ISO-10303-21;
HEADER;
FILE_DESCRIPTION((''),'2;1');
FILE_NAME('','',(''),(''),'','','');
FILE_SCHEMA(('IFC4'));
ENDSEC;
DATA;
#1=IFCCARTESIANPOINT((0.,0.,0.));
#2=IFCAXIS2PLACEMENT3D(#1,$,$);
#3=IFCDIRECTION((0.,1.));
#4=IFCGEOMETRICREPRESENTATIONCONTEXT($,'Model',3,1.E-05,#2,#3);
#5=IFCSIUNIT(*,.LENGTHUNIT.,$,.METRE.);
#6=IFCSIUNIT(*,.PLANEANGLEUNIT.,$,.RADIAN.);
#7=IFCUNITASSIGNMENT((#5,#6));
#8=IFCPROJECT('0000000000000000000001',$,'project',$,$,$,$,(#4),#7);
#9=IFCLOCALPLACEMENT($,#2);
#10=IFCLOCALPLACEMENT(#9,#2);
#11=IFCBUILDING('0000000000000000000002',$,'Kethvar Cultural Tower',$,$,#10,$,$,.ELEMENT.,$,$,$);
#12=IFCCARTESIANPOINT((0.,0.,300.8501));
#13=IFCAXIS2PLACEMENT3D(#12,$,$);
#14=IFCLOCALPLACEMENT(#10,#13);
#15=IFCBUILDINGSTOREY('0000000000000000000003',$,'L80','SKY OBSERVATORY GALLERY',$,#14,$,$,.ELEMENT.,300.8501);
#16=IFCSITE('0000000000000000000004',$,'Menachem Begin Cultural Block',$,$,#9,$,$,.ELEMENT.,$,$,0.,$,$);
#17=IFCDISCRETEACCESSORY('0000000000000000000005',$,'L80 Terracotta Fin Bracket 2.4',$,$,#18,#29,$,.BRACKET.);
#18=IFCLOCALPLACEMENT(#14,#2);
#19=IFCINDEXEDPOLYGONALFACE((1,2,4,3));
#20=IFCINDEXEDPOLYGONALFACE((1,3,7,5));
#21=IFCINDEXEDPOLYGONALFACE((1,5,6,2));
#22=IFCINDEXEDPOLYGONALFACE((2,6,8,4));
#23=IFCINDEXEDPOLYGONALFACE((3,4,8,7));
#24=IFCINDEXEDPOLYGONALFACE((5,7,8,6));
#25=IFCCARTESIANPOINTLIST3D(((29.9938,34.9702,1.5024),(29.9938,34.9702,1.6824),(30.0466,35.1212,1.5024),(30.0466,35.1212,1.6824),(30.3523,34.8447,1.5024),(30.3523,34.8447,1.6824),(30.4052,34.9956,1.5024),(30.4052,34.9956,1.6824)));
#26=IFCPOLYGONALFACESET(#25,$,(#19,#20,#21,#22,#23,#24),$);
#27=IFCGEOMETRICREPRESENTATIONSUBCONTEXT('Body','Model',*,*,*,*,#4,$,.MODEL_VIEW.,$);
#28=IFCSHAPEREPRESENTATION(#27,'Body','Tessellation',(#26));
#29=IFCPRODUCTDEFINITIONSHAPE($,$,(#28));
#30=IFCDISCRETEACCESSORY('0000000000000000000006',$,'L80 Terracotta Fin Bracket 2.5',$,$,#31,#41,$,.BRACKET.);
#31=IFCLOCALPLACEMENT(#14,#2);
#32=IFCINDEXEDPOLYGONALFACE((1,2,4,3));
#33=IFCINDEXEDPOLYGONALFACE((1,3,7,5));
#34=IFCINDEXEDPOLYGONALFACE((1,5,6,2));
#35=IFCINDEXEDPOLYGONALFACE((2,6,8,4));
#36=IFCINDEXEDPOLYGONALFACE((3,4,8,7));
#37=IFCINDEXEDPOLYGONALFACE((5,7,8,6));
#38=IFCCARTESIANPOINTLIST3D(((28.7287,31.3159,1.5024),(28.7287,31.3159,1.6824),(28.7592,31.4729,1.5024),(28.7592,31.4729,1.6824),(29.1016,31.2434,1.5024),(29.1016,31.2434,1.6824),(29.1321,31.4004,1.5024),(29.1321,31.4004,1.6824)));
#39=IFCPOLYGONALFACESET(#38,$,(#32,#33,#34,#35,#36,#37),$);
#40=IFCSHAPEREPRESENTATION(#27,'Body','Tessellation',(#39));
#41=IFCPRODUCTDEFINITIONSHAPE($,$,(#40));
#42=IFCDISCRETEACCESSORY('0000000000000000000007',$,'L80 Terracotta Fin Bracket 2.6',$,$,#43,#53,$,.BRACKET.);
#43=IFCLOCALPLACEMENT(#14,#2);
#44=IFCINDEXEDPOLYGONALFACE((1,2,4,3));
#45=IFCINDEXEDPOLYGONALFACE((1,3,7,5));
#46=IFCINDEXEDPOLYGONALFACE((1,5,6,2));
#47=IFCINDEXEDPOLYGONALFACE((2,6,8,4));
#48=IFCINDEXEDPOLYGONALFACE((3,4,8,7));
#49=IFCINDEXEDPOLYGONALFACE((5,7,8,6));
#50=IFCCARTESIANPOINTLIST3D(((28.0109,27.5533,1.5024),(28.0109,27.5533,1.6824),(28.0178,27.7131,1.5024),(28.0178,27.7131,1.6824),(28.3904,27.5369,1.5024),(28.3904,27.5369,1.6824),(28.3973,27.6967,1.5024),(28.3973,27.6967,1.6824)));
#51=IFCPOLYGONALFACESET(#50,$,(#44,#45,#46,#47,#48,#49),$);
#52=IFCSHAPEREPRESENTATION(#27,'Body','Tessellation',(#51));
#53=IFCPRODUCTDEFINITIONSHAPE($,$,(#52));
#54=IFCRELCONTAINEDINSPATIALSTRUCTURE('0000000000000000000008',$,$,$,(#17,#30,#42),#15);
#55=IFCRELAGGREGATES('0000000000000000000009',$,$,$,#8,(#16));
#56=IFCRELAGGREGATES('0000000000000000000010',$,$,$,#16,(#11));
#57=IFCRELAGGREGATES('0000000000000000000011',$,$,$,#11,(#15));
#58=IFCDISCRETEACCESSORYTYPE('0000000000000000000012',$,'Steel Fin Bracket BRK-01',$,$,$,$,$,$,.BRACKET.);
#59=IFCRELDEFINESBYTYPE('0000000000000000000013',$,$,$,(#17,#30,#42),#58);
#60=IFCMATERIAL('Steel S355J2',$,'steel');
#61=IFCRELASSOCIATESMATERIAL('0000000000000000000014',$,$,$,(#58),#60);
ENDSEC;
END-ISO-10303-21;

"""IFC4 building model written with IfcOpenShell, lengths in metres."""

from ifc_helpers import new_model, si_unit, direction, frame, origin, origin_2d, place, context, subcontext, project, spatial, rectangle, extrude, source, transform, mapped, material, type_object, element, save


model = new_model("IFC4")

# Units and contexts
model_context = context("Model", 3, precision=1e-05, world=origin(), true_north=direction((0.0, 1.0)))
body_context = subcontext(model_context, "Body", "Model", "MODEL_VIEW")
ifc_project = project(units=[si_unit("LENGTHUNIT", "METRE"), si_unit("PLANEANGLEUNIT", "RADIAN")], contexts=[model_context])

# Site, building, storey
site_placement = place(None, origin())
site = spatial("IfcSite", under=ifc_project, at=site_placement, Name="Menachem Begin Cultural Block", CompositionType="ELEMENT", RefElevation=0.0)
building_placement = place(site_placement, origin())
building = spatial("IfcBuilding", under=site, at=building_placement, Name="Kethvar Cultural Tower", CompositionType="ELEMENT")
storey_placement = place(building_placement, frame((0.0, 0.0, 300.8501)))
storey = spatial("IfcBuildingStorey", under=building, at=storey_placement, Name="L80", Description="SKY OBSERVATORY GALLERY", CompositionType="ELEMENT", Elevation=300.8501)

# Shared definitions
ifc_material_1 = material(Name="Steel S355J2", Category="steel")

# Discrete accessories
discrete_accessory_type = type_object("IfcDiscreteAccessoryType", Name="Steel Fin Bracket BRK-01", PredefinedType="BRACKET", material=ifc_material_1)
shared_shape_1 = source(origin(), body_context, "Body", "SweptSolid", [
    extrude(rectangle(XDim=0.3799, YDim=0.1599, at=origin_2d()), origin(), (0.0, 0.0, 1.0), 0.1799),
])
for number, where, z_axis, x_axis, name in (
    (1, (30.1995, 34.9829, 1.5024), (0.0, 0.0, 1.0), (-0.943801, 0.330514, 0.0), "L80 Terracotta Fin Bracket 2.4"),
    (2, (28.9304, 31.3582, 1.5024), (0.0, 0.0, 1.0), (-0.981594, 0.19098, 0.0), "L80 Terracotta Fin Bracket 2.5"),
    (3, (28.2041, 27.625, 1.5024), (0.0, 0.0, 1.0), (-0.999063, 0.043271, 0.0), "L80 Terracotta Fin Bracket 2.6"),
):
    element("IfcDiscreteAccessory", number, at=place(storey_placement, frame(where, z_axis=z_axis, x_axis=x_axis)), inside=storey, type_object=discrete_accessory_type, Name=name, PredefinedType="BRACKET", context=body_context, shape_type="MappedRepresentation", body=[
        mapped(shared_shape_1, transform((0.0, 0.0, 0.0), scale=1.0)),
    ])

save(model, "model.ifc")
